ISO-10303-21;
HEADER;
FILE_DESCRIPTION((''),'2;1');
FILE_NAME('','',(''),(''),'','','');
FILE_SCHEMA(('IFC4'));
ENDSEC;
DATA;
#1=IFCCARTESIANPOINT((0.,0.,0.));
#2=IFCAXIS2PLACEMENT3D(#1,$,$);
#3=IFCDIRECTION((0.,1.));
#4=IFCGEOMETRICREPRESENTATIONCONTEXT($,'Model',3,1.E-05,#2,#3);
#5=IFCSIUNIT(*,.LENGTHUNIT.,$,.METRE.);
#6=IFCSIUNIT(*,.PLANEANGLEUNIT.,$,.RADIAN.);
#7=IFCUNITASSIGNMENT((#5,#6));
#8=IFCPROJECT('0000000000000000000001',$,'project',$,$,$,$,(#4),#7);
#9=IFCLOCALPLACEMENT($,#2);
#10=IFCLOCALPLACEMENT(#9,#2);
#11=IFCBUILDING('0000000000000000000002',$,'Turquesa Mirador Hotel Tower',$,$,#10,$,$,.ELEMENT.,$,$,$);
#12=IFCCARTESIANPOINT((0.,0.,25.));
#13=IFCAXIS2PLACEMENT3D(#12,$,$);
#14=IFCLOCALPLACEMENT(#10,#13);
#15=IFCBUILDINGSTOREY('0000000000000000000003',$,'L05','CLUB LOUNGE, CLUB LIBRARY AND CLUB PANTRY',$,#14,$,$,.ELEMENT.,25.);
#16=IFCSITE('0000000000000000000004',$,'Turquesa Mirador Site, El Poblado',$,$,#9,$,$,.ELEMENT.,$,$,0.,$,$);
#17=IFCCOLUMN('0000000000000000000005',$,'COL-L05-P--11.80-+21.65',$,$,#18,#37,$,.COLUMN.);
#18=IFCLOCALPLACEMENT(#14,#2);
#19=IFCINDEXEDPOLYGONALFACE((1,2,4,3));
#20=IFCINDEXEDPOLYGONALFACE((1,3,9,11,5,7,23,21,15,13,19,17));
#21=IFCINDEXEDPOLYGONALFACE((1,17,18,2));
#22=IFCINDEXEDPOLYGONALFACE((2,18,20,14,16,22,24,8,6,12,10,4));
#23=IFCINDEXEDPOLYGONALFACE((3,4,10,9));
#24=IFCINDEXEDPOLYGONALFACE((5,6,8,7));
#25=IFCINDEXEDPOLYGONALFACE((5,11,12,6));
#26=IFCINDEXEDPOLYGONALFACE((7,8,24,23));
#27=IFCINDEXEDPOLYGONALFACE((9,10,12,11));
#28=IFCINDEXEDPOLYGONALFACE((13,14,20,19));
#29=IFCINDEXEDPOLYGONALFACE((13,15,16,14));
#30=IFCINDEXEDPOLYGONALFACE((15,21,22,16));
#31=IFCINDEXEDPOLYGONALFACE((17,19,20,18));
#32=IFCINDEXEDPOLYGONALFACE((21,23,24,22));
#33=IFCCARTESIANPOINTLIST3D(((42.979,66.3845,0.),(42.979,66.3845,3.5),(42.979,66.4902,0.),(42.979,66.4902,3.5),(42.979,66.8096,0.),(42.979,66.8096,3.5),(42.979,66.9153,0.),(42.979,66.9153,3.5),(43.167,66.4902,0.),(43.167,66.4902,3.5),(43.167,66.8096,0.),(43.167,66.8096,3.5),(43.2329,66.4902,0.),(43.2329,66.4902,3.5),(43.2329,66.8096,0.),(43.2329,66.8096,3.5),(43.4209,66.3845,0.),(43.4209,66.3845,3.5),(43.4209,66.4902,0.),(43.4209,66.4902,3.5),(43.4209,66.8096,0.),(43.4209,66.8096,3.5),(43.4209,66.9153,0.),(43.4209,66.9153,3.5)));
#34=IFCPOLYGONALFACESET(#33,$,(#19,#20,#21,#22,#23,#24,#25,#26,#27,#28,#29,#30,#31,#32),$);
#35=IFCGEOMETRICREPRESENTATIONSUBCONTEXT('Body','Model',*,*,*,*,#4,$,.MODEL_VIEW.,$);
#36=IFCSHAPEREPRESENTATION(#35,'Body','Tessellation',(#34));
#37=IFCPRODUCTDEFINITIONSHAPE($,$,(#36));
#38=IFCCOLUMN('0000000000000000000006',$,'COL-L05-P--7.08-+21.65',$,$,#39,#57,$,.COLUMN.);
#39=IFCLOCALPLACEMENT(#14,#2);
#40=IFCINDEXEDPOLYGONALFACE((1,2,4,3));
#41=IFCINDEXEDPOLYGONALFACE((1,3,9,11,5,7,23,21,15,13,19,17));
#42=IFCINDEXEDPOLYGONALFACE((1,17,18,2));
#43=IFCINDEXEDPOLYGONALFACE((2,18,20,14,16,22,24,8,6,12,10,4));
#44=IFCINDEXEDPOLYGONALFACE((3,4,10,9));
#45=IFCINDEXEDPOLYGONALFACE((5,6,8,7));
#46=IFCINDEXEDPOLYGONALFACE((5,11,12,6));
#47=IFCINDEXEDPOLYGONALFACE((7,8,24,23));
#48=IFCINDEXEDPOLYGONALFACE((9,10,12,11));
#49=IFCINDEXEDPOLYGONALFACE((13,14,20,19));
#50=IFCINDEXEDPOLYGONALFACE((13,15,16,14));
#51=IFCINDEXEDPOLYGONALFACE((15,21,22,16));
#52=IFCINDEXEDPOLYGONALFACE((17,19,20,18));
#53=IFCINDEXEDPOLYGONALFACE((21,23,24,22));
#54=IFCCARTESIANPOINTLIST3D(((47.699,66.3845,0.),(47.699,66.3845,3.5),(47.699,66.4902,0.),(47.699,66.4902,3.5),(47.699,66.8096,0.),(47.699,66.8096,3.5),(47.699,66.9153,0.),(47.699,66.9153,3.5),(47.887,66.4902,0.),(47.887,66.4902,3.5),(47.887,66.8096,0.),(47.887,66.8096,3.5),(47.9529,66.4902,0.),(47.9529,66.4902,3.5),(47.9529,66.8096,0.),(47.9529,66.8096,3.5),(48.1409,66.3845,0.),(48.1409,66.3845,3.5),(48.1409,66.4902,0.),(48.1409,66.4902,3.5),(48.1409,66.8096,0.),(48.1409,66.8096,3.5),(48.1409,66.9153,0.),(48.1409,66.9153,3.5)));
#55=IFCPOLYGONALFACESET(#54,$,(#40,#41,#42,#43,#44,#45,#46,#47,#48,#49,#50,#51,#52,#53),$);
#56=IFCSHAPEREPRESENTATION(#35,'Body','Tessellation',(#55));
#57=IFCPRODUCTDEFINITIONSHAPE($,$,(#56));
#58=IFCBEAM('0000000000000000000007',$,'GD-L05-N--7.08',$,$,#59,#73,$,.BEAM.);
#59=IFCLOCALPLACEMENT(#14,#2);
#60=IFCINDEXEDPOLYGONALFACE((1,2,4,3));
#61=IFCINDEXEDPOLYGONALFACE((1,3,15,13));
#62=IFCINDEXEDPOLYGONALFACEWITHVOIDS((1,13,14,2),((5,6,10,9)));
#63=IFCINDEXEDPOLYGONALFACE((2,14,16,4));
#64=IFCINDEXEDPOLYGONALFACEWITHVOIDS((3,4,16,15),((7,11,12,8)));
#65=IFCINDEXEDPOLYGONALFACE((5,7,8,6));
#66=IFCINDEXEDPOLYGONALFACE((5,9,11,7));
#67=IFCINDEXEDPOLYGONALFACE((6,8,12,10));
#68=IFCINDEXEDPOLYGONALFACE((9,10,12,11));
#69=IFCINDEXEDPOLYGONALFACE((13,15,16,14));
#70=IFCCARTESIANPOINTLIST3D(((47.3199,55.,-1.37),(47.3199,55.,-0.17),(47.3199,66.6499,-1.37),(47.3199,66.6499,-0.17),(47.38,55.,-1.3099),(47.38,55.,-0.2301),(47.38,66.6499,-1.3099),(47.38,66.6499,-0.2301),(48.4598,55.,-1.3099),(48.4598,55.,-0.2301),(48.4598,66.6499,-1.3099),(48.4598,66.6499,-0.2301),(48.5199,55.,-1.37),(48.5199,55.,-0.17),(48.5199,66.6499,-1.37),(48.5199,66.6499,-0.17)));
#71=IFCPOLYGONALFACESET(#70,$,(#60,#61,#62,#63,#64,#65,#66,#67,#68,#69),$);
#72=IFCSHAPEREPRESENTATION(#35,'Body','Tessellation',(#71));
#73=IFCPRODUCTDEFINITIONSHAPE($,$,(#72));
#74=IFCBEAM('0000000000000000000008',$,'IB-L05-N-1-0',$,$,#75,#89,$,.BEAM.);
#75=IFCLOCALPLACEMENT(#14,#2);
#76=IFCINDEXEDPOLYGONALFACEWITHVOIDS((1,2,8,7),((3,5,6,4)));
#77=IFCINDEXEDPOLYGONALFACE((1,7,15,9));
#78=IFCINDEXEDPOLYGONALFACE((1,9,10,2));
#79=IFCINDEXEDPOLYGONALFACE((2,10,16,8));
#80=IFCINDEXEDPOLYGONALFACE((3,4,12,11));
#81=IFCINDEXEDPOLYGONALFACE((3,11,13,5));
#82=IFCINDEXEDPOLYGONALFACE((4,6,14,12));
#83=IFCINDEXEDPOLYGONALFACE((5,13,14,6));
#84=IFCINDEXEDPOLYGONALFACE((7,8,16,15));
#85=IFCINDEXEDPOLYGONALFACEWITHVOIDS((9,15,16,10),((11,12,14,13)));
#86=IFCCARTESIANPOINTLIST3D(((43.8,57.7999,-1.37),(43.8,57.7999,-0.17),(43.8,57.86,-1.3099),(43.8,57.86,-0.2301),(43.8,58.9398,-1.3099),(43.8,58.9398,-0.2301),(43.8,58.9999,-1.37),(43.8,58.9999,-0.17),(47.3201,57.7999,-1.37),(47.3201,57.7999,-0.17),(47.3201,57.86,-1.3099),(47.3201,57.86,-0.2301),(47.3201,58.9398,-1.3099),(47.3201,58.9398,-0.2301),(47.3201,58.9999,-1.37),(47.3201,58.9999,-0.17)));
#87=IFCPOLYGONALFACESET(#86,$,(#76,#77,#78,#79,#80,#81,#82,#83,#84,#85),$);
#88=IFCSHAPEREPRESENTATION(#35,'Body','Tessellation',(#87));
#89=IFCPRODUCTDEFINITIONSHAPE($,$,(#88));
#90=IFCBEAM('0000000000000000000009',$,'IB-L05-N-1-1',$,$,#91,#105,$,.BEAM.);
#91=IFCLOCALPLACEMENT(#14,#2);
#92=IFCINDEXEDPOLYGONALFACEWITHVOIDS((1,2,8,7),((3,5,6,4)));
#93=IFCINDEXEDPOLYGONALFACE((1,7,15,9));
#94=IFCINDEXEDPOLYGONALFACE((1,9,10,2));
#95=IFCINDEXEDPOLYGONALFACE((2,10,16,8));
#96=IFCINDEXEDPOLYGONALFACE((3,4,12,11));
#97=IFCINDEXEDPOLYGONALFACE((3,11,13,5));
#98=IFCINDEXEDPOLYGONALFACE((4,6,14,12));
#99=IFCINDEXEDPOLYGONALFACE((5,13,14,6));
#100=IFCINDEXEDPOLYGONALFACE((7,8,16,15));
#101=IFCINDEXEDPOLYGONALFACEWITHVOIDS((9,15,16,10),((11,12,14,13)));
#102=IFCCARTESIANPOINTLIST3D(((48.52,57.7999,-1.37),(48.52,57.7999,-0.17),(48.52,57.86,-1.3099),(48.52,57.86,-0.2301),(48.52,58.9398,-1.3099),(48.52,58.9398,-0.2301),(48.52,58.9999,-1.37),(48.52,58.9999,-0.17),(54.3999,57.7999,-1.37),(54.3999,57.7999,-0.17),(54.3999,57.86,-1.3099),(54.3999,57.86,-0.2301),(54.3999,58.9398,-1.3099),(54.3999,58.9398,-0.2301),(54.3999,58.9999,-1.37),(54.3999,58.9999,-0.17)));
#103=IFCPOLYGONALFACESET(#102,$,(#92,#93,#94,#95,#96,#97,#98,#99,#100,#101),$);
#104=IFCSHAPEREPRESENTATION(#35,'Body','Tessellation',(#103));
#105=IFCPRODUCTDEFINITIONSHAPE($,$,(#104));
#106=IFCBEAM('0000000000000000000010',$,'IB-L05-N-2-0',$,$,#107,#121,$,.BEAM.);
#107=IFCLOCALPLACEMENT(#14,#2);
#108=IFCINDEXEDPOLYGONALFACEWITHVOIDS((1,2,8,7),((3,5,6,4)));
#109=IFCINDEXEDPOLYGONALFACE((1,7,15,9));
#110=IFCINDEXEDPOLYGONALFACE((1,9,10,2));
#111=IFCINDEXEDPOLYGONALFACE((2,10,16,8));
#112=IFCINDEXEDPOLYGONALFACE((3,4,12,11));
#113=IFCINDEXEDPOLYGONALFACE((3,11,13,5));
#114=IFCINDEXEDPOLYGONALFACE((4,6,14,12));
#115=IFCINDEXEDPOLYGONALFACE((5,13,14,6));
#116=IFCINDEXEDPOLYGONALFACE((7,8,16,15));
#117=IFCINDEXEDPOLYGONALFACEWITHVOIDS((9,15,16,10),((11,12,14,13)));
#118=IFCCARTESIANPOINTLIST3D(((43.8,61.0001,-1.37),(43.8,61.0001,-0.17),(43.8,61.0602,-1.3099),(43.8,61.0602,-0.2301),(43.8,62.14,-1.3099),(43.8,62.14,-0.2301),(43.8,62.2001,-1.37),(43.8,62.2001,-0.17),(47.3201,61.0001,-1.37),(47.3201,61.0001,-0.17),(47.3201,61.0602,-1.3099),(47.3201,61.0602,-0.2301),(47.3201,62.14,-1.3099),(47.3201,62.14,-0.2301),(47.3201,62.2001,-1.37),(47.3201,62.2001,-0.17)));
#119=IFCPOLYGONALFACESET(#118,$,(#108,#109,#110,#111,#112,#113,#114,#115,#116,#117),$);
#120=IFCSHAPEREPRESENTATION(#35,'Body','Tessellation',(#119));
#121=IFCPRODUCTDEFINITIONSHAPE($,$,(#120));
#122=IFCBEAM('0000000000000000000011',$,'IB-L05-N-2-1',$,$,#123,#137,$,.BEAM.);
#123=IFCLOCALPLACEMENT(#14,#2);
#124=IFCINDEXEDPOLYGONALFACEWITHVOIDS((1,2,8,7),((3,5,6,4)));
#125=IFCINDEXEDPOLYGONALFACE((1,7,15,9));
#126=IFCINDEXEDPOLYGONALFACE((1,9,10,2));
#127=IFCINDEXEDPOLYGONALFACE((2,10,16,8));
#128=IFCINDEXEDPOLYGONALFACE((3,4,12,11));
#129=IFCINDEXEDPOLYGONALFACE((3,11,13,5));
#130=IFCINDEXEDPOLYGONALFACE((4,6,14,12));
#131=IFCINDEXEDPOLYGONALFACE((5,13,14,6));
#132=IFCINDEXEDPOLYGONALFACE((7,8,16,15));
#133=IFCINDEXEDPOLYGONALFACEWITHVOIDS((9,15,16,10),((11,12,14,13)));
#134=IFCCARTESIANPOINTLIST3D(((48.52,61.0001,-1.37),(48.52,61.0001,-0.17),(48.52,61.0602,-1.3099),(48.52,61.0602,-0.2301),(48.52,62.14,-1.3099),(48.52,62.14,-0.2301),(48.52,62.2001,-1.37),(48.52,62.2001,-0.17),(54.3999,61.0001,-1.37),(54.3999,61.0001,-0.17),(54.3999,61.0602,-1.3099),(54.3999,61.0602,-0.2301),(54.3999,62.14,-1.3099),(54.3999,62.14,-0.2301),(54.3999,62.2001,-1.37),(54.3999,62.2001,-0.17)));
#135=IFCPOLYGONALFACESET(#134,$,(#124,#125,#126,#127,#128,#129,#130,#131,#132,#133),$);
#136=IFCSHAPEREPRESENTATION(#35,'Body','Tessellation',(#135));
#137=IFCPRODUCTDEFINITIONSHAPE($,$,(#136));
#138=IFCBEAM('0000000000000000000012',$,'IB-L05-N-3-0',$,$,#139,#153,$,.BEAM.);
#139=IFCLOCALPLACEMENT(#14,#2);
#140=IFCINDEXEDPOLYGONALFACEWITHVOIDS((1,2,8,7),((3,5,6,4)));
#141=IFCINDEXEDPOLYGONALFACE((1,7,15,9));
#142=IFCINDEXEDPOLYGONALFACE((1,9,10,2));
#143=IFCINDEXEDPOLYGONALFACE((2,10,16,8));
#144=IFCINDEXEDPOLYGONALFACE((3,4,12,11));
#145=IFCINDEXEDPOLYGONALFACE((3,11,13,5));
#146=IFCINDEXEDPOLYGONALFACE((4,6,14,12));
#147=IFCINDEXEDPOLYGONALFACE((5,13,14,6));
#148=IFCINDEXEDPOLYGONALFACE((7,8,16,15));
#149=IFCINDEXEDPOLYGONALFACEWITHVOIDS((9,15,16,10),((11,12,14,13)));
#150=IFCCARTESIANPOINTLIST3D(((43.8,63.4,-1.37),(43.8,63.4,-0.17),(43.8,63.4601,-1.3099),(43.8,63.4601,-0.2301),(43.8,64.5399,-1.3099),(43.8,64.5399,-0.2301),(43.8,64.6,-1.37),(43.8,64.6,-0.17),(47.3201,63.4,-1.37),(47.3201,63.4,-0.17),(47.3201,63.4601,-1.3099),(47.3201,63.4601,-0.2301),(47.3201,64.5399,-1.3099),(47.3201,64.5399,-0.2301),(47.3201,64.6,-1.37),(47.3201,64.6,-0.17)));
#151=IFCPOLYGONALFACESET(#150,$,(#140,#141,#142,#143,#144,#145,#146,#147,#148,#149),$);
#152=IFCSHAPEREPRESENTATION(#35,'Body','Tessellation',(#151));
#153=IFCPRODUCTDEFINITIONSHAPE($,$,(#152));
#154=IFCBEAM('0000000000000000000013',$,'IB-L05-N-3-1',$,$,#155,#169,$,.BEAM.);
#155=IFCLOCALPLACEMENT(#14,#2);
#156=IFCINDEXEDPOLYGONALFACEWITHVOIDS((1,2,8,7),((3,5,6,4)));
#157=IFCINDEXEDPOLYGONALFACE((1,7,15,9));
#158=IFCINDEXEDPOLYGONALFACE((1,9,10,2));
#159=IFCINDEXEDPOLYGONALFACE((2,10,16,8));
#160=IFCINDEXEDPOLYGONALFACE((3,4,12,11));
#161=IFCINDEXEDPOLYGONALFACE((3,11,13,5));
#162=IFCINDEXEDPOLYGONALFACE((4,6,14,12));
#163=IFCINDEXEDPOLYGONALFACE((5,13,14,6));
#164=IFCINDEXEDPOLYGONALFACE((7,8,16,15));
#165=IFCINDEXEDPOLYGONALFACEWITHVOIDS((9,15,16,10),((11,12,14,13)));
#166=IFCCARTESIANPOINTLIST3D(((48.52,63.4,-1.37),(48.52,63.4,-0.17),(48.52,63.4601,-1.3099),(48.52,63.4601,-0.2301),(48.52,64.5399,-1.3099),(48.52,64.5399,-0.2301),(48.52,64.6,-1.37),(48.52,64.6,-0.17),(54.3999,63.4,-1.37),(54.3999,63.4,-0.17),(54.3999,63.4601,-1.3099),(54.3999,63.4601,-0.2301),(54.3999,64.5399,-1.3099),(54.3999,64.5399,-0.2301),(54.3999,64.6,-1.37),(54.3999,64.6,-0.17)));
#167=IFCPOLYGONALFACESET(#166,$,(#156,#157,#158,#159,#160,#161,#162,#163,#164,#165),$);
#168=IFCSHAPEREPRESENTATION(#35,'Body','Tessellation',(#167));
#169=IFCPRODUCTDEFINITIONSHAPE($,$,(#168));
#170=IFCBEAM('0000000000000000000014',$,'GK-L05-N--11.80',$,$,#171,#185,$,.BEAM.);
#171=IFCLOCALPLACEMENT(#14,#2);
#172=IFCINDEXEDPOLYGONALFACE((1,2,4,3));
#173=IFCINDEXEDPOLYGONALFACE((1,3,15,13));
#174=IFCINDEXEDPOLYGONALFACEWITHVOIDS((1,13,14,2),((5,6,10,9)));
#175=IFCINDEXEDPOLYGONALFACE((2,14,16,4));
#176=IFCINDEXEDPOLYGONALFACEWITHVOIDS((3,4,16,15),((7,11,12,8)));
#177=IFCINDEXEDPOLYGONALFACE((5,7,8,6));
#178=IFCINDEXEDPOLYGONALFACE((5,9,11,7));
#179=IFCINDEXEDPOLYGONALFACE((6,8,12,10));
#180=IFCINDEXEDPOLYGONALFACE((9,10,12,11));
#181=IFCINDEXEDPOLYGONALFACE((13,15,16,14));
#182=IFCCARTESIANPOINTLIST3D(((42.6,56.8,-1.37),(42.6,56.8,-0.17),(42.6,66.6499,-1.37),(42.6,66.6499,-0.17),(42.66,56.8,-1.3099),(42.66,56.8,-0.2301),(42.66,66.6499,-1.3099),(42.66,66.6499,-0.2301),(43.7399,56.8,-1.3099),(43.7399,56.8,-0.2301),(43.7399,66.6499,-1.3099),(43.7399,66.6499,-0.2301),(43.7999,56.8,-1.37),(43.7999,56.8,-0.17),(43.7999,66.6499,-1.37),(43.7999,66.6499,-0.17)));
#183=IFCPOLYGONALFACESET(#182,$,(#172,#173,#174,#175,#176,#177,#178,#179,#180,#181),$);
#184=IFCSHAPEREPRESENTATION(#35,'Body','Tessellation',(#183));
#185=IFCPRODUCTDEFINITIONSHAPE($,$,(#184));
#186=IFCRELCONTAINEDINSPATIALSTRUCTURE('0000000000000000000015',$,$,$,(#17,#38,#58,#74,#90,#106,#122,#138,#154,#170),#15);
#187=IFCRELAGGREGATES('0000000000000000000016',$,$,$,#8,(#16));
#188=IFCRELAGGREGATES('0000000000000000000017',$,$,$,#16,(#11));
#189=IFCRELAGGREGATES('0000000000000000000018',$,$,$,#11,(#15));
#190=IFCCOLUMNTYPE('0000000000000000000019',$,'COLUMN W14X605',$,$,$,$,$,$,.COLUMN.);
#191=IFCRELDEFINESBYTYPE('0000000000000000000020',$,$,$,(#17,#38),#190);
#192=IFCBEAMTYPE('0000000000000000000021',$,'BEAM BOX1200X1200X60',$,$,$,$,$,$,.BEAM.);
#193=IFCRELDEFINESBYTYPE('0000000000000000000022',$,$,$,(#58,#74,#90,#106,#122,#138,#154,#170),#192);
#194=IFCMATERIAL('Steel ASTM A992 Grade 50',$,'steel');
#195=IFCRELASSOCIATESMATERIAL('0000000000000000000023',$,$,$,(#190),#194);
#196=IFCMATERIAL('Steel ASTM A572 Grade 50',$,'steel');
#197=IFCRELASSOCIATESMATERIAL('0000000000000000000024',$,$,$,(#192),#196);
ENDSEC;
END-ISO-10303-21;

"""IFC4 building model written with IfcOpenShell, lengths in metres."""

from ifc_helpers import new_model, si_unit, direction, frame, origin, origin_2d, place, context, subcontext, project, spatial, hollow_rectangle, i_section, extrude, material, material_profile, profile_set, type_object, element, save


model = new_model("IFC4")

# Units and contexts
model_context = context("Model", 3, precision=1e-05, world=origin(), true_north=direction((0.0, 1.0)))
body_context = subcontext(model_context, "Body", "Model", "MODEL_VIEW")
ifc_project = project(units=[si_unit("LENGTHUNIT", "METRE"), si_unit("PLANEANGLEUNIT", "RADIAN")], contexts=[model_context])

# Site, building, storey
site_placement = place(None, origin())
site = spatial("IfcSite", under=ifc_project, at=site_placement, Name="Turquesa Mirador Site, El Poblado", CompositionType="ELEMENT", RefElevation=0.0)
building_placement = place(site_placement, origin())
building = spatial("IfcBuilding", under=site, at=building_placement, Name="Turquesa Mirador Hotel Tower", CompositionType="ELEMENT")
storey_placement = place(building_placement, frame((0.0, 0.0, 25.0)))
storey = spatial("IfcBuildingStorey", under=building, at=storey_placement, Name="L05", Description="CLUB LOUNGE, CLUB LIBRARY AND CLUB PANTRY", CompositionType="ELEMENT", Elevation=25.0)

# Columns
ifc_material_1 = material(Name="Steel ASTM A992 Grade 50", Category="steel")
ifc_material_profile_1 = material_profile(ifc_material_1, i_section(OverallWidth=0.4419, OverallDepth=0.5308, WebThickness=0.0659, FlangeThickness=0.1057, at=origin_2d()), Name="W14X605")
ifc_profile_set_1 = profile_set([ifc_material_profile_1], Name="Steel ASTM A992 Grade 50")
column_type = type_object("IfcColumnType", Name="COLUMN W14X605", PredefinedType="COLUMN", material=ifc_profile_set_1)
for number, where, z_axis, x_axis, name in (
    (1, (43.2, 66.6499, 0.0), (0.0, 0.0, 1.0), (1.0, 0.0, 0.0), "COL-L05-P--11.80-+21.65"),
    (2, (47.9199, 66.6499, 0.0), (0.0, 0.0, 1.0), (1.0, 0.0, 0.0), "COL-L05-P--7.08-+21.65"),
):
    element("IfcColumn", number, at=place(storey_placement, frame(where, z_axis=z_axis, x_axis=x_axis)), inside=storey, type_object=column_type, Name=name, PredefinedType="COLUMN", context=body_context, shape_type="SweptSolid", body=[
        extrude(i_section(OverallWidth=0.4419, OverallDepth=0.5308, WebThickness=0.0659, FlangeThickness=0.1057, at=origin_2d()), origin(), (0.0, 0.0, 1.0), 3.5),
    ])

# Beams
ifc_material_2 = material(Name="Steel ASTM A572 Grade 50", Category="steel")
ifc_material_profile_2 = material_profile(ifc_material_2, hollow_rectangle(XDim=1.2, YDim=1.2, WallThickness=0.0601, at=origin_2d()), Name="BOX1200X1200X60")
ifc_profile_set_2 = profile_set([ifc_material_profile_2], Name="Steel ASTM A572 Grade 50")
beam_type_1 = type_object("IfcBeamType", Name="BEAM BOX1200X1200X60", PredefinedType="BEAM", material=ifc_profile_set_2)
beam_1_placement = place(storey_placement, frame((47.9199, 66.6499, -0.77), z_axis=(0.0, -1.0, 0.0), x_axis=(1.0, 0.0, 0.0)))
element("IfcBeam", 3, at=beam_1_placement, inside=storey, type_object=beam_type_1, Name="GD-L05-N--7.08", PredefinedType="BEAM", context=body_context, shape_type="SweptSolid", body=[
    extrude(hollow_rectangle(XDim=1.2, YDim=1.2, WallThickness=0.0601, at=origin_2d()), origin(), (0.0, 0.0, 1.0), 11.6499),
])
beam_2_placement = place(storey_placement, frame((43.8, 58.3999, -0.77), z_axis=(1.0, 0.0, 0.0), x_axis=(0.0, 1.0, 0.0)))
element("IfcBeam", 4, at=beam_2_placement, inside=storey, type_object=beam_type_1, Name="IB-L05-N-1-0", PredefinedType="BEAM", context=body_context, shape_type="SweptSolid", body=[
    extrude(hollow_rectangle(XDim=1.2, YDim=1.2, WallThickness=0.0601, at=origin_2d()), origin(), (0.0, 0.0, 1.0), 3.52),
])
beam_3_placement = place(storey_placement, frame((48.52, 58.3999, -0.77), z_axis=(1.0, 0.0, 0.0), x_axis=(0.0, 1.0, 0.0)))
element("IfcBeam", 5, at=beam_3_placement, inside=storey, type_object=beam_type_1, Name="IB-L05-N-1-1", PredefinedType="BEAM", context=body_context, shape_type="SweptSolid", body=[
    extrude(hollow_rectangle(XDim=1.2, YDim=1.2, WallThickness=0.0601, at=origin_2d()), origin(), (0.0, 0.0, 1.0), 5.8799),
])
beam_4_placement = place(storey_placement, frame((43.8, 61.6001, -0.77), z_axis=(1.0, 0.0, 0.0), x_axis=(0.0, 1.0, 0.0)))
element("IfcBeam", 6, at=beam_4_placement, inside=storey, type_object=beam_type_1, Name="IB-L05-N-2-0", PredefinedType="BEAM", context=body_context, shape_type="SweptSolid", body=[
    extrude(hollow_rectangle(XDim=1.2, YDim=1.2, WallThickness=0.0601, at=origin_2d()), origin(), (0.0, 0.0, 1.0), 3.52),
])
beam_5_placement = place(storey_placement, frame((48.52, 61.6001, -0.77), z_axis=(1.0, 0.0, 0.0), x_axis=(0.0, 1.0, 0.0)))
element("IfcBeam", 7, at=beam_5_placement, inside=storey, type_object=beam_type_1, Name="IB-L05-N-2-1", PredefinedType="BEAM", context=body_context, shape_type="SweptSolid", body=[
    extrude(hollow_rectangle(XDim=1.2, YDim=1.2, WallThickness=0.0601, at=origin_2d()), origin(), (0.0, 0.0, 1.0), 5.8799),
])
beam_6_placement = place(storey_placement, frame((43.8, 64.0, -0.77), z_axis=(1.0, 0.0, 0.0), x_axis=(0.0, 1.0, 0.0)))
element("IfcBeam", 8, at=beam_6_placement, inside=storey, type_object=beam_type_1, Name="IB-L05-N-3-0", PredefinedType="BEAM", context=body_context, shape_type="SweptSolid", body=[
    extrude(hollow_rectangle(XDim=1.2, YDim=1.2, WallThickness=0.0601, at=origin_2d()), origin(), (0.0, 0.0, 1.0), 3.52),
])
beam_7_placement = place(storey_placement, frame((48.52, 64.0, -0.77), z_axis=(1.0, 0.0, 0.0), x_axis=(0.0, 1.0, 0.0)))
element("IfcBeam", 9, at=beam_7_placement, inside=storey, type_object=beam_type_1, Name="IB-L05-N-3-1", PredefinedType="BEAM", context=body_context, shape_type="SweptSolid", body=[
    extrude(hollow_rectangle(XDim=1.2, YDim=1.2, WallThickness=0.0601, at=origin_2d()), origin(), (0.0, 0.0, 1.0), 5.8799),
])
beam_8_placement = place(storey_placement, frame((43.2, 66.6499, -0.77), z_axis=(0.0, -1.0, 0.0), x_axis=(1.0, 0.0, 0.0)))
element("IfcBeam", 10, at=beam_8_placement, inside=storey, type_object=beam_type_1, Name="GK-L05-N--11.80", PredefinedType="BEAM", context=body_context, shape_type="SweptSolid", body=[
    extrude(hollow_rectangle(XDim=1.2, YDim=1.2, WallThickness=0.0601, at=origin_2d()), origin(), (0.0, 0.0, 1.0), 9.8499),
])

save(model, "model.ifc")
